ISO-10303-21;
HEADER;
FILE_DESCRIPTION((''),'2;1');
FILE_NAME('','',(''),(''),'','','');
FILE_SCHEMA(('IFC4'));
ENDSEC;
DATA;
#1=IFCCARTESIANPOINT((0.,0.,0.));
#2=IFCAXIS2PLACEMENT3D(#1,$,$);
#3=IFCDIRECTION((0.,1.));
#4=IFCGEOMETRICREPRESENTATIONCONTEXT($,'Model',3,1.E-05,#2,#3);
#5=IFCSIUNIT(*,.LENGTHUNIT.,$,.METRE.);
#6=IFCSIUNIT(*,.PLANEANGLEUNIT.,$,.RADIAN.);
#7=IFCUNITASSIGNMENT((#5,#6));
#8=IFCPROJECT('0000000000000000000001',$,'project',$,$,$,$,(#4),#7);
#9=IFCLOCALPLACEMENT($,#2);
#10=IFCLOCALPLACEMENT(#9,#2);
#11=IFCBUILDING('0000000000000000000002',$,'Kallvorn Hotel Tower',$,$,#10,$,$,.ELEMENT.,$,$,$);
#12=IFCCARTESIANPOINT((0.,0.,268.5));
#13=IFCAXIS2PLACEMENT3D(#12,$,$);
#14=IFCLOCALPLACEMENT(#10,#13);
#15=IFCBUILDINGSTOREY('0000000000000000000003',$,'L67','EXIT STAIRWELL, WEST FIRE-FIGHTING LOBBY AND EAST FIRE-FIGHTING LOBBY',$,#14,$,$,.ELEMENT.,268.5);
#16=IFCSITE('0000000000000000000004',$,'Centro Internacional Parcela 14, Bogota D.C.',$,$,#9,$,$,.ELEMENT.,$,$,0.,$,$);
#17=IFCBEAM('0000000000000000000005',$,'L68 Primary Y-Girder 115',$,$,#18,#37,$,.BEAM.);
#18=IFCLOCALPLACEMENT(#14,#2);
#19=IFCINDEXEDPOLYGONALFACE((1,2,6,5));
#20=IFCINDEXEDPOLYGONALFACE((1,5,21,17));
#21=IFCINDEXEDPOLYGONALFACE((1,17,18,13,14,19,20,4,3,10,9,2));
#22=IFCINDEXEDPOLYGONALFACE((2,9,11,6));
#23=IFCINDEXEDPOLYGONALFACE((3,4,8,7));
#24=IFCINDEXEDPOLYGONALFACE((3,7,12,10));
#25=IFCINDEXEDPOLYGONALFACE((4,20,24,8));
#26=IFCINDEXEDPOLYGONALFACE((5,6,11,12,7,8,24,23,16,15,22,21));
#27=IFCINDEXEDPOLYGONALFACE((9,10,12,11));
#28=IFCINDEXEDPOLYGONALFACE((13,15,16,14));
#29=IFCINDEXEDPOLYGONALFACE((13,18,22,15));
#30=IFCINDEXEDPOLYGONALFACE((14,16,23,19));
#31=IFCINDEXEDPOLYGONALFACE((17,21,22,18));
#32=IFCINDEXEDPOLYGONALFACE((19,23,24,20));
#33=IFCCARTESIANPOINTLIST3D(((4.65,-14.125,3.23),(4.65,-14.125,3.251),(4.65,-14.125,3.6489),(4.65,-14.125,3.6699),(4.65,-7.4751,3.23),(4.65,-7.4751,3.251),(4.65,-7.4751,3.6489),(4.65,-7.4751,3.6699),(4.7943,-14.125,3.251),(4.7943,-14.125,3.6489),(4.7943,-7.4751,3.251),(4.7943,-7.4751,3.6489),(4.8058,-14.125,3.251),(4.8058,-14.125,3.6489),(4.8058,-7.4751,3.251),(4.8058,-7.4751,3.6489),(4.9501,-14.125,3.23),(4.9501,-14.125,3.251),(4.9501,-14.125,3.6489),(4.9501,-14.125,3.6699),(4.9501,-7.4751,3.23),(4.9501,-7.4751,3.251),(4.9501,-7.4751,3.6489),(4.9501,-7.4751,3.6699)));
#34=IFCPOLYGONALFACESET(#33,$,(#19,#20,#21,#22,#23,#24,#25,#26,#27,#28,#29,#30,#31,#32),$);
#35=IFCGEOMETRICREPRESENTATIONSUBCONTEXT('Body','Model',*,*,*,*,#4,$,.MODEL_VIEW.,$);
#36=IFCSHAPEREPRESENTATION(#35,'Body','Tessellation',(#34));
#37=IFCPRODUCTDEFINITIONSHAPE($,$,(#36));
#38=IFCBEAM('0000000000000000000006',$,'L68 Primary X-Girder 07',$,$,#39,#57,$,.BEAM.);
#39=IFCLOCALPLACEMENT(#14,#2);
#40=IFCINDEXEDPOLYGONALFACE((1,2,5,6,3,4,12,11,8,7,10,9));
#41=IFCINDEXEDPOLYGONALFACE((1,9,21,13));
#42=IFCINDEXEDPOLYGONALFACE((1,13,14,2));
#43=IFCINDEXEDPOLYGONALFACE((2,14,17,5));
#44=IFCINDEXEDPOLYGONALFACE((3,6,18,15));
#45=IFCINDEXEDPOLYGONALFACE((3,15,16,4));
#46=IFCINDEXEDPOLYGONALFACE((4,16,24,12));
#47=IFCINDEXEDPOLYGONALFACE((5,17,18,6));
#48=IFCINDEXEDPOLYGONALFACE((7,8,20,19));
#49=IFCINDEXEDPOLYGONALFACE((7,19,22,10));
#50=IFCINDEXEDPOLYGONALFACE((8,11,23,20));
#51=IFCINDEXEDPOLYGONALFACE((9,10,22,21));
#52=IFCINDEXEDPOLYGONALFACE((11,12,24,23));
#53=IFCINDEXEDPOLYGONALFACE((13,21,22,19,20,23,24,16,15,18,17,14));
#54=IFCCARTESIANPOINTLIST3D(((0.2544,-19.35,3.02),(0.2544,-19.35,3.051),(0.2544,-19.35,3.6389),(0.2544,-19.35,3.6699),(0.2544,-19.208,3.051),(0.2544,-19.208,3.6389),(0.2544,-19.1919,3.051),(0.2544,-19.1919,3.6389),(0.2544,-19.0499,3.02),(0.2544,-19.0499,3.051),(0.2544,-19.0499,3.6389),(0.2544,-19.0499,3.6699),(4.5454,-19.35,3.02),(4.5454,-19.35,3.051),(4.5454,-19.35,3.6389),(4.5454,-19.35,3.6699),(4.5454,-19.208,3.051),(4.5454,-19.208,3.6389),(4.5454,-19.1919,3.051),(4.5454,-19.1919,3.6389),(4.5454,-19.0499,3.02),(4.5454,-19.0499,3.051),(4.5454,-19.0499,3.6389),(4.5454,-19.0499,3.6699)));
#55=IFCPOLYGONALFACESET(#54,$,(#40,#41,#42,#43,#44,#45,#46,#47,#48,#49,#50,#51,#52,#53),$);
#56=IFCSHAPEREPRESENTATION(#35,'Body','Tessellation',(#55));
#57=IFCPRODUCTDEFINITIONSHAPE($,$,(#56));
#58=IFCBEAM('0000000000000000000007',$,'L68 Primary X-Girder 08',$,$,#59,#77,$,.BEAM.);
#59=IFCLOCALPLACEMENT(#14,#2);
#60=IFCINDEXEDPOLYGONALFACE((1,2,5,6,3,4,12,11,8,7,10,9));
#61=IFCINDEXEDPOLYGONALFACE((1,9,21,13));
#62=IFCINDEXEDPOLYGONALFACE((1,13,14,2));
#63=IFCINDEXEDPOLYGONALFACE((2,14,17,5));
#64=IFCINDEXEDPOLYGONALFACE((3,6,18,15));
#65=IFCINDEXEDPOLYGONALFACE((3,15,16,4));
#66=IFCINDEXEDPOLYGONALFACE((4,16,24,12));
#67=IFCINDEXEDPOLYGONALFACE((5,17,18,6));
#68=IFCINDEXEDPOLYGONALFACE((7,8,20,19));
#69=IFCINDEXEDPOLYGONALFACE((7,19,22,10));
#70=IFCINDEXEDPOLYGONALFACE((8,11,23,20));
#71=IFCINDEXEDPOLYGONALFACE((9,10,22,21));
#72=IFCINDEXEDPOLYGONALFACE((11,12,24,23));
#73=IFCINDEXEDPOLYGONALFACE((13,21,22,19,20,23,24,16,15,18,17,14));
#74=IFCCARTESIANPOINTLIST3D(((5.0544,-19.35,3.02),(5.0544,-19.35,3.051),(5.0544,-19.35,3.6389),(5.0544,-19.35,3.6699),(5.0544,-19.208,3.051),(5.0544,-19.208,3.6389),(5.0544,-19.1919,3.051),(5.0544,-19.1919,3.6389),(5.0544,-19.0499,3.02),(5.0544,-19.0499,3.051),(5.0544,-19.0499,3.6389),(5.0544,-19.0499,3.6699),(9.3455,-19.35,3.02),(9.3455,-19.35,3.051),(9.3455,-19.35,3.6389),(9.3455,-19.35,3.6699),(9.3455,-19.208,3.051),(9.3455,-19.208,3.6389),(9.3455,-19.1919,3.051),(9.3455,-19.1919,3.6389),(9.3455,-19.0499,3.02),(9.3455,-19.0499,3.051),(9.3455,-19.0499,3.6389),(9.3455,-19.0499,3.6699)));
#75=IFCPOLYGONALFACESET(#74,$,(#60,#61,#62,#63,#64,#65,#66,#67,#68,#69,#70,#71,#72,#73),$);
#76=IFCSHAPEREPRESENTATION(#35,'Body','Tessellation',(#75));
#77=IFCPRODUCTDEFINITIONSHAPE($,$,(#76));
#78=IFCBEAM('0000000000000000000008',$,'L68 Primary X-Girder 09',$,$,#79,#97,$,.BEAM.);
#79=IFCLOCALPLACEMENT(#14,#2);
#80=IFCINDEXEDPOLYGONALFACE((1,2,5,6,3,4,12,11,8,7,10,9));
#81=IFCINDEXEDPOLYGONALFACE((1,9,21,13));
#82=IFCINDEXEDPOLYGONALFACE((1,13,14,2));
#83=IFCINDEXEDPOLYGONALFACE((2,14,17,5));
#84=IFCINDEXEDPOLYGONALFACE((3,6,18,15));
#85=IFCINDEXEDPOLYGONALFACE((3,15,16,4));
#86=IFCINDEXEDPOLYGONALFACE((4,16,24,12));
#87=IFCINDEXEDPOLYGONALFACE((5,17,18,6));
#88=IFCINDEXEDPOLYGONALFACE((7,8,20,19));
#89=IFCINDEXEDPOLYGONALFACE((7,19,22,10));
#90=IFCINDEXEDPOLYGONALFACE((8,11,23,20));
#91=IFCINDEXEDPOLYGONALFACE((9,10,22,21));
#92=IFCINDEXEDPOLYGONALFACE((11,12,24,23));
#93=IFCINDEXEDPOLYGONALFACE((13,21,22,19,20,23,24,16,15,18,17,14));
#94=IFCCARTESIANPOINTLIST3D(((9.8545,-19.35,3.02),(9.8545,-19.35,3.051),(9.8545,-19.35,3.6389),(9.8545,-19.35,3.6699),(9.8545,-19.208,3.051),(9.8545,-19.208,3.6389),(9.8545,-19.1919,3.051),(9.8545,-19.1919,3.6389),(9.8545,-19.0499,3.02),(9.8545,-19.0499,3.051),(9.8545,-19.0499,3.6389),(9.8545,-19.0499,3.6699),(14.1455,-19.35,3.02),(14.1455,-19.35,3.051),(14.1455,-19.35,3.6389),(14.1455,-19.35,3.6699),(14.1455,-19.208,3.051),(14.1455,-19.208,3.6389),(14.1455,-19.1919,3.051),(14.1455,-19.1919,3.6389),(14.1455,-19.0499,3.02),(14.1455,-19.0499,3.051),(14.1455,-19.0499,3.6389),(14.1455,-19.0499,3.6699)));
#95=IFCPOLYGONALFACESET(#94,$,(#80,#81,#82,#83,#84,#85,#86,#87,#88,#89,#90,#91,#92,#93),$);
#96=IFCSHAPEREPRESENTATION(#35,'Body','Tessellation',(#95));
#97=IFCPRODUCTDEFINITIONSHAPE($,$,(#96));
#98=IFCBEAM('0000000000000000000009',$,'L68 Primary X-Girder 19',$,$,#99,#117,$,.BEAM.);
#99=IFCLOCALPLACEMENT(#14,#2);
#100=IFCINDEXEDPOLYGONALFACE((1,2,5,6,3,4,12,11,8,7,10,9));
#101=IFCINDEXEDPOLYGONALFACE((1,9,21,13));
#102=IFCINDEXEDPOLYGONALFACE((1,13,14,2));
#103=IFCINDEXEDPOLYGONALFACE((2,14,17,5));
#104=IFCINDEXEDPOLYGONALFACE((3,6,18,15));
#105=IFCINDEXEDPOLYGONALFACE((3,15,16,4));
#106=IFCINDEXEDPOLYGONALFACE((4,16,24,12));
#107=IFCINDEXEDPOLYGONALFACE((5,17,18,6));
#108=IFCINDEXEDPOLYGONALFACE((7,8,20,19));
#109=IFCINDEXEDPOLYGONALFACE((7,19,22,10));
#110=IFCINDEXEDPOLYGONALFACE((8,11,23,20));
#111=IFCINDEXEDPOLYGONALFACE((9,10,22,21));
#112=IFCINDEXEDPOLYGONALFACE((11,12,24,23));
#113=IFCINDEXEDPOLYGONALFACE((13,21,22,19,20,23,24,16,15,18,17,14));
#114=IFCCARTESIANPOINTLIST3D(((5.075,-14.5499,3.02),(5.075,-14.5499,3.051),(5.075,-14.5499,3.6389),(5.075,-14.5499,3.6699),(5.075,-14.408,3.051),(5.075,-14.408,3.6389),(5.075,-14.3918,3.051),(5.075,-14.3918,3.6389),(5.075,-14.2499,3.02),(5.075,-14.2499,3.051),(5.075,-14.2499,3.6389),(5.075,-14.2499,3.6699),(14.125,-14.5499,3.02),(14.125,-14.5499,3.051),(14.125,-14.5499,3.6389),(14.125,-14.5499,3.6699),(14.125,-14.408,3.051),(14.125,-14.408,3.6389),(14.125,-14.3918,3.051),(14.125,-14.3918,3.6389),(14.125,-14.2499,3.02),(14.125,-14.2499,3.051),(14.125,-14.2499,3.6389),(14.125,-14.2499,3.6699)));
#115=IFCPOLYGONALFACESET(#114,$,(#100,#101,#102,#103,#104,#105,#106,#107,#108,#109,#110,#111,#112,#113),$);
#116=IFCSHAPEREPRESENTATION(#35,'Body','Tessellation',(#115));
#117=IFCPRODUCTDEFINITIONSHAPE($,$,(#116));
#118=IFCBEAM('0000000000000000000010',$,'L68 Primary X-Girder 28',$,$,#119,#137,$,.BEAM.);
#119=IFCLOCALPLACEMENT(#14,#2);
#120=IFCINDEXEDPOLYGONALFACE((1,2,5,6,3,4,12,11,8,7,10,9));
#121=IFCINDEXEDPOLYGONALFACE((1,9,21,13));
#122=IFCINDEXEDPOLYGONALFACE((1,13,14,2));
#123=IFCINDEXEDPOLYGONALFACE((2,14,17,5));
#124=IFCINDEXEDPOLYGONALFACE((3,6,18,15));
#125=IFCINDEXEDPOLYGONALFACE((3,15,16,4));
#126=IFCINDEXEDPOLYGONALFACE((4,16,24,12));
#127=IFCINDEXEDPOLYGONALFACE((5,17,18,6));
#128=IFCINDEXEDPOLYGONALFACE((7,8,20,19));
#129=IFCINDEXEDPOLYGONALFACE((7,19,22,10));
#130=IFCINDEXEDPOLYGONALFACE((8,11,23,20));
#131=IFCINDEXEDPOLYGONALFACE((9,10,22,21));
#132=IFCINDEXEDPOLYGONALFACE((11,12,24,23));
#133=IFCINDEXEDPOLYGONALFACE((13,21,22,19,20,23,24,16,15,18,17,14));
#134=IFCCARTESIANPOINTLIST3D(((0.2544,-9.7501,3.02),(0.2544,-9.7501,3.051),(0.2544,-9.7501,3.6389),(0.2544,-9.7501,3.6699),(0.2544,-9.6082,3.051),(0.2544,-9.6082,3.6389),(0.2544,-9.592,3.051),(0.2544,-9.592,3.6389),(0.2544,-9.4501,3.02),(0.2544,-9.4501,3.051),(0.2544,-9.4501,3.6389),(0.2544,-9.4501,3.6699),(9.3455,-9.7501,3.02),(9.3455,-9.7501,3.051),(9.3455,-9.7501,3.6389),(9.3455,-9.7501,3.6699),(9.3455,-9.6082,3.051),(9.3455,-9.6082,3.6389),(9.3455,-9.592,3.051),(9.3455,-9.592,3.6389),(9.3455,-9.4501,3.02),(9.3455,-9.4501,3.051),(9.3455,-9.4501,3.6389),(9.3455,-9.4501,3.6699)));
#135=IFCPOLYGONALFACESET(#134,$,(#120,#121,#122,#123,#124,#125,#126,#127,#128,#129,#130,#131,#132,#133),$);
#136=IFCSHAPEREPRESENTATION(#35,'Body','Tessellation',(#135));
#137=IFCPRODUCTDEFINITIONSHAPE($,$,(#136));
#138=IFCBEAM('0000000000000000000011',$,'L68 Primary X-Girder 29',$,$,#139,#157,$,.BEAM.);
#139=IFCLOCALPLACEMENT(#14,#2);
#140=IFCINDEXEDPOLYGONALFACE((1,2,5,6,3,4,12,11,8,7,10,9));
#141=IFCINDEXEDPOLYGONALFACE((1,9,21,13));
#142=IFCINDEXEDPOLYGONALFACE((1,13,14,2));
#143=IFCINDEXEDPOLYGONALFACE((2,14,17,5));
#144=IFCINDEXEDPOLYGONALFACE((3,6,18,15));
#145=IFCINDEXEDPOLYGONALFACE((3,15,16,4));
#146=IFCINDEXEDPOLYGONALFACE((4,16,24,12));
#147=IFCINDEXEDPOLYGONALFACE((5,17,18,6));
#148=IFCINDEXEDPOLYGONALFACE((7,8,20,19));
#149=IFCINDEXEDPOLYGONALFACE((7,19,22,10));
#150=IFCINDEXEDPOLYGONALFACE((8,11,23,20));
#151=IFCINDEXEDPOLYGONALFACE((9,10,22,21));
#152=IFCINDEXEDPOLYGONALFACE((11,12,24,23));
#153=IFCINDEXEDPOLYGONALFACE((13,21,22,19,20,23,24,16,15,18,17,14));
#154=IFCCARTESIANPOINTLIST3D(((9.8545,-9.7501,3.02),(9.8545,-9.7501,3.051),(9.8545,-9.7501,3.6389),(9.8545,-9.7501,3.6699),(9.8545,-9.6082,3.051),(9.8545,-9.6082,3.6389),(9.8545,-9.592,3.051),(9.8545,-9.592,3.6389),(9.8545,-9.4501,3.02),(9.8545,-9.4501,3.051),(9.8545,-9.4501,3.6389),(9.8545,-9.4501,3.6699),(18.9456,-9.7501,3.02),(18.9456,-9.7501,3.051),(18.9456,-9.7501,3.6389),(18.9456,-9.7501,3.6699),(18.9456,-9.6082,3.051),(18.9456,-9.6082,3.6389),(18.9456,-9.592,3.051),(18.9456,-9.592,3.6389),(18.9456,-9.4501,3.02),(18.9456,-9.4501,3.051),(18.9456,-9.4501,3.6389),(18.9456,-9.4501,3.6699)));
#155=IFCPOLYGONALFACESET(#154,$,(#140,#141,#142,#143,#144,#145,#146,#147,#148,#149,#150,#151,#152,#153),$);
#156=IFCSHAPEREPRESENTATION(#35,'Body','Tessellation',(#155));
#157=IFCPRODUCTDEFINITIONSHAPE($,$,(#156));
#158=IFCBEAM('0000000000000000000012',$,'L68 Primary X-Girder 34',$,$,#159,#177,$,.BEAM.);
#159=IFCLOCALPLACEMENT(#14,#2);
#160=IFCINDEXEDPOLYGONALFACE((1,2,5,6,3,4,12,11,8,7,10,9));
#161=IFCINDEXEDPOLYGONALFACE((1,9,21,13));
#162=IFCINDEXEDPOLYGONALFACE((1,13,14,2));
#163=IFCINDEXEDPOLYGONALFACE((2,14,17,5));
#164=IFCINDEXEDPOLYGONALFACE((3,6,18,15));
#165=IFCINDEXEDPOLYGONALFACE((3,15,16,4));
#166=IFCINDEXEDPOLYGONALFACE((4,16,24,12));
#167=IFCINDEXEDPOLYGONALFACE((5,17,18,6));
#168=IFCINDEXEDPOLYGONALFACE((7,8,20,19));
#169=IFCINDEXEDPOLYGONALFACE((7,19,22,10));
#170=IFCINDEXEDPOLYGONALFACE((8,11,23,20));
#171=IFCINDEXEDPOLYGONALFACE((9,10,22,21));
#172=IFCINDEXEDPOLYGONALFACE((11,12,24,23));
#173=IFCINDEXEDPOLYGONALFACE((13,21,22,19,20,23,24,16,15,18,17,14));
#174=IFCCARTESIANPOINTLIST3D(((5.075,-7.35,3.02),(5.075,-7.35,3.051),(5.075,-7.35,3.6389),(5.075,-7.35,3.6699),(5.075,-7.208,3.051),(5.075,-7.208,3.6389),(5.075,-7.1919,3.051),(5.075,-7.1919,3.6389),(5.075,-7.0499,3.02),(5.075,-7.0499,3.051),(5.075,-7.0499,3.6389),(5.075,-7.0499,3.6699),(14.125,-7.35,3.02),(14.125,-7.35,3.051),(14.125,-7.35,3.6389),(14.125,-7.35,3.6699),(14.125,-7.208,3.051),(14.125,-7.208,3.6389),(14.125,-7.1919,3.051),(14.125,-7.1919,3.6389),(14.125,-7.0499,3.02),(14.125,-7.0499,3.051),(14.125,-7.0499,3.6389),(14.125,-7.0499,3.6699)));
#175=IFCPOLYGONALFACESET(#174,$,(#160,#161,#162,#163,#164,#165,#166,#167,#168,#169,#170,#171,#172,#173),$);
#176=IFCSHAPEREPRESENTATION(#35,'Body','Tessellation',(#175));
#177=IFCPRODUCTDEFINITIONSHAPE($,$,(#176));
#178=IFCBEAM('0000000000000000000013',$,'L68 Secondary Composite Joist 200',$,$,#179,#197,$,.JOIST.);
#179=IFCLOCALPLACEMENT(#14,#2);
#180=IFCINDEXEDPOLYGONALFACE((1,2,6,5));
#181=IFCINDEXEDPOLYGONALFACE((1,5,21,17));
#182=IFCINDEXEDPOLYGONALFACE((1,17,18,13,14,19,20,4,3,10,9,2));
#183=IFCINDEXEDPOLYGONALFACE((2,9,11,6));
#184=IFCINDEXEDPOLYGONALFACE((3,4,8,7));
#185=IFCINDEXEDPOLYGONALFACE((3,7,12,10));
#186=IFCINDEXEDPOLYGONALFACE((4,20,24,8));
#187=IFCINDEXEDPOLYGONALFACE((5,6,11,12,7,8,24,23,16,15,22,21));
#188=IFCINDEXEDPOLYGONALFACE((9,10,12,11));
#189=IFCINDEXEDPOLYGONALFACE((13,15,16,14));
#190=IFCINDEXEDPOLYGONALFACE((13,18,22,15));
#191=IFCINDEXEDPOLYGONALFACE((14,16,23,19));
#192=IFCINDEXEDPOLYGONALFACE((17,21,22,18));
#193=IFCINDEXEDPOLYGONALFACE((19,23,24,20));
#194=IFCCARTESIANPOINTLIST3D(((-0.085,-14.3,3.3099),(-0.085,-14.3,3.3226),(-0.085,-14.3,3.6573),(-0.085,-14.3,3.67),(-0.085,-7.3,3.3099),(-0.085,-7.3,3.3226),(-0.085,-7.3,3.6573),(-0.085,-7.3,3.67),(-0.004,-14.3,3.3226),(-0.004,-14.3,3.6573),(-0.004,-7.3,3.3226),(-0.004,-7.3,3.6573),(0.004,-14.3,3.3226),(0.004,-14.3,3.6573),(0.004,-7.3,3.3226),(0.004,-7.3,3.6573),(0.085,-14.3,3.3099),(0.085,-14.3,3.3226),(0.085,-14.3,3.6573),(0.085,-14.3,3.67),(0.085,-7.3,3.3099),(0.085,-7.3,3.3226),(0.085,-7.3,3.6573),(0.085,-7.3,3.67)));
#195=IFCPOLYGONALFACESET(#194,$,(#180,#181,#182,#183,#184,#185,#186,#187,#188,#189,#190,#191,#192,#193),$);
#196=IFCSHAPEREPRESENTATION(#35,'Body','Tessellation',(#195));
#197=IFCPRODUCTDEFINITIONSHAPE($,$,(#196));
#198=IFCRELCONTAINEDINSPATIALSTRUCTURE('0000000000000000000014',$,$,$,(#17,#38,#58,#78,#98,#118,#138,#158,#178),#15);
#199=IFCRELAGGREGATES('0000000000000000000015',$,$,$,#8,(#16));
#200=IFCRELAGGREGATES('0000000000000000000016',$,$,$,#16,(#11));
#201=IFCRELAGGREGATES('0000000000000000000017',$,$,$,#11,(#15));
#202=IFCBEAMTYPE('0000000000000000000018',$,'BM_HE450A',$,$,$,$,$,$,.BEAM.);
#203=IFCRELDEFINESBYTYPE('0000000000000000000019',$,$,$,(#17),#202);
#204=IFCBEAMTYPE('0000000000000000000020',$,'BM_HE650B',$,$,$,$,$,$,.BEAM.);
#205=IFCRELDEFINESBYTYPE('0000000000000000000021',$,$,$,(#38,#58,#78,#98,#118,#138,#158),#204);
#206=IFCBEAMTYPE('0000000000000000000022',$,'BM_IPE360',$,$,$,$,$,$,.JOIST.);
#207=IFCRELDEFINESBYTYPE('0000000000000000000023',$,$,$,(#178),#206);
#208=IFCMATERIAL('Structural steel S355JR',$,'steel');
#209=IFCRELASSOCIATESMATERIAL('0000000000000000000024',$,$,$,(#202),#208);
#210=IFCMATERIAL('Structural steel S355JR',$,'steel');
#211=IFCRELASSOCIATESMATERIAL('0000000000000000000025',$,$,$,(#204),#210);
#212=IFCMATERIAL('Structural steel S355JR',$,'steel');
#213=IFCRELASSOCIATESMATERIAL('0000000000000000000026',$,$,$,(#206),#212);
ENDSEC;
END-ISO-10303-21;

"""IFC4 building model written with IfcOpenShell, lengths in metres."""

from ifc_helpers import new_model, si_unit, direction, frame, origin, origin_2d, place, context, subcontext, project, spatial, i_section, extrude, material, material_profile, profile_set, type_object, element, save


model = new_model("IFC4")

# Units and contexts
model_context = context("Model", 3, precision=1e-05, world=origin(), true_north=direction((0.0, 1.0)))
body_context = subcontext(model_context, "Body", "Model", "MODEL_VIEW")
ifc_project = project(units=[si_unit("LENGTHUNIT", "METRE"), si_unit("PLANEANGLEUNIT", "RADIAN")], contexts=[model_context])

# Site, building, storey
site_placement = place(None, origin())
site = spatial("IfcSite", under=ifc_project, at=site_placement, Name="Centro Internacional Parcela 14, Bogota D.C.", CompositionType="ELEMENT", RefElevation=0.0)
building_placement = place(site_placement, origin())
building = spatial("IfcBuilding", under=site, at=building_placement, Name="Kallvorn Hotel Tower", CompositionType="ELEMENT")
storey_placement = place(building_placement, frame((0.0, 0.0, 268.5)))
storey = spatial("IfcBuildingStorey", under=building, at=storey_placement, Name="L67", Description="EXIT STAIRWELL, WEST FIRE-FIGHTING LOBBY AND EAST FIRE-FIGHTING LOBBY", CompositionType="ELEMENT", Elevation=268.5)

# Beams
ifc_material_1 = material(Name="Structural steel S355JR", Category="steel")
ifc_material_profile_1 = material_profile(ifc_material_1, i_section(OverallWidth=0.3, OverallDepth=0.4399, WebThickness=0.0115, FlangeThickness=0.021, at=origin_2d()), Name="HE 450 A")
ifc_profile_set_1 = profile_set([ifc_material_profile_1], Name="Structural steel S355JR")
beam_type_1 = type_object("IfcBeamType", Name="BM_HE450A", PredefinedType="BEAM", material=ifc_profile_set_1)
beam_1_placement = place(storey_placement, frame((4.8, -14.125, 3.45), z_axis=(0.0, 1.0, 0.0), x_axis=(-1.0, 0.0, 0.0)))
element("IfcBeam", 1, at=beam_1_placement, inside=storey, type_object=beam_type_1, Name="L68 Primary Y-Girder 115", PredefinedType="BEAM", context=body_context, shape_type="SweptSolid", body=[
    extrude(i_section(OverallWidth=0.3, OverallDepth=0.4399, WebThickness=0.0115, FlangeThickness=0.021, at=origin_2d()), origin(), (0.0, 0.0, 1.0), 6.6499),
])
ifc_material_2 = material(Name="Structural steel S355JR", Category="steel")
ifc_material_profile_2 = material_profile(ifc_material_2, i_section(OverallWidth=0.3, OverallDepth=0.6499, WebThickness=0.0161, FlangeThickness=0.031, at=origin_2d()), Name="HE 650 B")
ifc_profile_set_2 = profile_set([ifc_material_profile_2], Name="Structural steel S355JR")
beam_type_2 = type_object("IfcBeamType", Name="BM_HE650B", PredefinedType="BEAM", material=ifc_profile_set_2)
for number, where, z_axis, x_axis, name in (
    (2, (0.2544, -19.2, 3.345), (1.0, 0.0, 0.0), (0.0, 1.0, 0.0), "L68 Primary X-Girder 07"),
    (3, (5.0544, -19.2, 3.345), (1.0, 0.0, 0.0), (0.0, 1.0, 0.0), "L68 Primary X-Girder 08"),
    (4, (9.8545, -19.2, 3.345), (1.0, 0.0, 0.0), (0.0, 1.0, 0.0), "L68 Primary X-Girder 09"),
):
    element("IfcBeam", number, at=place(storey_placement, frame(where, z_axis=z_axis, x_axis=x_axis)), inside=storey, type_object=beam_type_2, Name=name, PredefinedType="BEAM", context=body_context, shape_type="SweptSolid", body=[
        extrude(i_section(OverallWidth=0.3, OverallDepth=0.6499, WebThickness=0.0161, FlangeThickness=0.031, at=origin_2d()), origin(), (0.0, 0.0, 1.0), 4.291),
    ])
beam_2_placement = place(storey_placement, frame((5.075, -14.3999, 3.345), z_axis=(1.0, 0.0, 0.0), x_axis=(0.0, 1.0, 0.0)))
element("IfcBeam", 5, at=beam_2_placement, inside=storey, type_object=beam_type_2, Name="L68 Primary X-Girder 19", PredefinedType="BEAM", context=body_context, shape_type="SweptSolid", body=[
    extrude(i_section(OverallWidth=0.3, OverallDepth=0.6499, WebThickness=0.0161, FlangeThickness=0.031, at=origin_2d()), origin(), (0.0, 0.0, 1.0), 9.05),
])
for number, where, z_axis, x_axis, name in (
    (6, (0.2544, -9.6001, 3.345), (1.0, 0.0, 0.0), (0.0, 1.0, 0.0), "L68 Primary X-Girder 28"),
    (7, (9.8545, -9.6001, 3.345), (1.0, 0.0, 0.0), (0.0, 1.0, 0.0), "L68 Primary X-Girder 29"),
):
    element("IfcBeam", number, at=place(storey_placement, frame(where, z_axis=z_axis, x_axis=x_axis)), inside=storey, type_object=beam_type_2, Name=name, PredefinedType="BEAM", context=body_context, shape_type="SweptSolid", body=[
        extrude(i_section(OverallWidth=0.3, OverallDepth=0.6499, WebThickness=0.0161, FlangeThickness=0.031, at=origin_2d()), origin(), (0.0, 0.0, 1.0), 9.0911),
    ])
beam_3_placement = place(storey_placement, frame((5.075, -7.2, 3.345), z_axis=(1.0, 0.0, 0.0), x_axis=(0.0, 1.0, 0.0)))
element("IfcBeam", 8, at=beam_3_placement, inside=storey, type_object=beam_type_2, Name="L68 Primary X-Girder 34", PredefinedType="BEAM", context=body_context, shape_type="SweptSolid", body=[
    extrude(i_section(OverallWidth=0.3, OverallDepth=0.6499, WebThickness=0.0161, FlangeThickness=0.031, at=origin_2d()), origin(), (0.0, 0.0, 1.0), 9.05),
])
ifc_material_3 = material(Name="Structural steel S355JR", Category="steel")
ifc_material_profile_3 = material_profile(ifc_material_3, i_section(OverallWidth=0.1699, OverallDepth=0.3601, WebThickness=0.0081, FlangeThickness=0.0127, at=origin_2d()), Name="IPE 360")
ifc_profile_set_3 = profile_set([ifc_material_profile_3], Name="Structural steel S355JR")
beam_type_3 = type_object("IfcBeamType", Name="BM_IPE360", PredefinedType="JOIST", material=ifc_profile_set_3)
for number, where, z_axis, x_axis, name in (
    (9, (0.0, -14.3, 3.49), (0.0, 1.0, 0.0), (-1.0, 0.0, 0.0), "L68 Secondary Composite Joist 200"),
):
    element("IfcBeam", number, at=place(storey_placement, frame(where, z_axis=z_axis, x_axis=x_axis)), inside=storey, type_object=beam_type_3, Name=name, PredefinedType="JOIST", context=body_context, shape_type="SweptSolid", body=[
        extrude(i_section(OverallWidth=0.1699, OverallDepth=0.3601, WebThickness=0.0081, FlangeThickness=0.0127, at=origin_2d()), origin(), (0.0, 0.0, 1.0), 7.0),
    ])

save(model, "model.ifc")
